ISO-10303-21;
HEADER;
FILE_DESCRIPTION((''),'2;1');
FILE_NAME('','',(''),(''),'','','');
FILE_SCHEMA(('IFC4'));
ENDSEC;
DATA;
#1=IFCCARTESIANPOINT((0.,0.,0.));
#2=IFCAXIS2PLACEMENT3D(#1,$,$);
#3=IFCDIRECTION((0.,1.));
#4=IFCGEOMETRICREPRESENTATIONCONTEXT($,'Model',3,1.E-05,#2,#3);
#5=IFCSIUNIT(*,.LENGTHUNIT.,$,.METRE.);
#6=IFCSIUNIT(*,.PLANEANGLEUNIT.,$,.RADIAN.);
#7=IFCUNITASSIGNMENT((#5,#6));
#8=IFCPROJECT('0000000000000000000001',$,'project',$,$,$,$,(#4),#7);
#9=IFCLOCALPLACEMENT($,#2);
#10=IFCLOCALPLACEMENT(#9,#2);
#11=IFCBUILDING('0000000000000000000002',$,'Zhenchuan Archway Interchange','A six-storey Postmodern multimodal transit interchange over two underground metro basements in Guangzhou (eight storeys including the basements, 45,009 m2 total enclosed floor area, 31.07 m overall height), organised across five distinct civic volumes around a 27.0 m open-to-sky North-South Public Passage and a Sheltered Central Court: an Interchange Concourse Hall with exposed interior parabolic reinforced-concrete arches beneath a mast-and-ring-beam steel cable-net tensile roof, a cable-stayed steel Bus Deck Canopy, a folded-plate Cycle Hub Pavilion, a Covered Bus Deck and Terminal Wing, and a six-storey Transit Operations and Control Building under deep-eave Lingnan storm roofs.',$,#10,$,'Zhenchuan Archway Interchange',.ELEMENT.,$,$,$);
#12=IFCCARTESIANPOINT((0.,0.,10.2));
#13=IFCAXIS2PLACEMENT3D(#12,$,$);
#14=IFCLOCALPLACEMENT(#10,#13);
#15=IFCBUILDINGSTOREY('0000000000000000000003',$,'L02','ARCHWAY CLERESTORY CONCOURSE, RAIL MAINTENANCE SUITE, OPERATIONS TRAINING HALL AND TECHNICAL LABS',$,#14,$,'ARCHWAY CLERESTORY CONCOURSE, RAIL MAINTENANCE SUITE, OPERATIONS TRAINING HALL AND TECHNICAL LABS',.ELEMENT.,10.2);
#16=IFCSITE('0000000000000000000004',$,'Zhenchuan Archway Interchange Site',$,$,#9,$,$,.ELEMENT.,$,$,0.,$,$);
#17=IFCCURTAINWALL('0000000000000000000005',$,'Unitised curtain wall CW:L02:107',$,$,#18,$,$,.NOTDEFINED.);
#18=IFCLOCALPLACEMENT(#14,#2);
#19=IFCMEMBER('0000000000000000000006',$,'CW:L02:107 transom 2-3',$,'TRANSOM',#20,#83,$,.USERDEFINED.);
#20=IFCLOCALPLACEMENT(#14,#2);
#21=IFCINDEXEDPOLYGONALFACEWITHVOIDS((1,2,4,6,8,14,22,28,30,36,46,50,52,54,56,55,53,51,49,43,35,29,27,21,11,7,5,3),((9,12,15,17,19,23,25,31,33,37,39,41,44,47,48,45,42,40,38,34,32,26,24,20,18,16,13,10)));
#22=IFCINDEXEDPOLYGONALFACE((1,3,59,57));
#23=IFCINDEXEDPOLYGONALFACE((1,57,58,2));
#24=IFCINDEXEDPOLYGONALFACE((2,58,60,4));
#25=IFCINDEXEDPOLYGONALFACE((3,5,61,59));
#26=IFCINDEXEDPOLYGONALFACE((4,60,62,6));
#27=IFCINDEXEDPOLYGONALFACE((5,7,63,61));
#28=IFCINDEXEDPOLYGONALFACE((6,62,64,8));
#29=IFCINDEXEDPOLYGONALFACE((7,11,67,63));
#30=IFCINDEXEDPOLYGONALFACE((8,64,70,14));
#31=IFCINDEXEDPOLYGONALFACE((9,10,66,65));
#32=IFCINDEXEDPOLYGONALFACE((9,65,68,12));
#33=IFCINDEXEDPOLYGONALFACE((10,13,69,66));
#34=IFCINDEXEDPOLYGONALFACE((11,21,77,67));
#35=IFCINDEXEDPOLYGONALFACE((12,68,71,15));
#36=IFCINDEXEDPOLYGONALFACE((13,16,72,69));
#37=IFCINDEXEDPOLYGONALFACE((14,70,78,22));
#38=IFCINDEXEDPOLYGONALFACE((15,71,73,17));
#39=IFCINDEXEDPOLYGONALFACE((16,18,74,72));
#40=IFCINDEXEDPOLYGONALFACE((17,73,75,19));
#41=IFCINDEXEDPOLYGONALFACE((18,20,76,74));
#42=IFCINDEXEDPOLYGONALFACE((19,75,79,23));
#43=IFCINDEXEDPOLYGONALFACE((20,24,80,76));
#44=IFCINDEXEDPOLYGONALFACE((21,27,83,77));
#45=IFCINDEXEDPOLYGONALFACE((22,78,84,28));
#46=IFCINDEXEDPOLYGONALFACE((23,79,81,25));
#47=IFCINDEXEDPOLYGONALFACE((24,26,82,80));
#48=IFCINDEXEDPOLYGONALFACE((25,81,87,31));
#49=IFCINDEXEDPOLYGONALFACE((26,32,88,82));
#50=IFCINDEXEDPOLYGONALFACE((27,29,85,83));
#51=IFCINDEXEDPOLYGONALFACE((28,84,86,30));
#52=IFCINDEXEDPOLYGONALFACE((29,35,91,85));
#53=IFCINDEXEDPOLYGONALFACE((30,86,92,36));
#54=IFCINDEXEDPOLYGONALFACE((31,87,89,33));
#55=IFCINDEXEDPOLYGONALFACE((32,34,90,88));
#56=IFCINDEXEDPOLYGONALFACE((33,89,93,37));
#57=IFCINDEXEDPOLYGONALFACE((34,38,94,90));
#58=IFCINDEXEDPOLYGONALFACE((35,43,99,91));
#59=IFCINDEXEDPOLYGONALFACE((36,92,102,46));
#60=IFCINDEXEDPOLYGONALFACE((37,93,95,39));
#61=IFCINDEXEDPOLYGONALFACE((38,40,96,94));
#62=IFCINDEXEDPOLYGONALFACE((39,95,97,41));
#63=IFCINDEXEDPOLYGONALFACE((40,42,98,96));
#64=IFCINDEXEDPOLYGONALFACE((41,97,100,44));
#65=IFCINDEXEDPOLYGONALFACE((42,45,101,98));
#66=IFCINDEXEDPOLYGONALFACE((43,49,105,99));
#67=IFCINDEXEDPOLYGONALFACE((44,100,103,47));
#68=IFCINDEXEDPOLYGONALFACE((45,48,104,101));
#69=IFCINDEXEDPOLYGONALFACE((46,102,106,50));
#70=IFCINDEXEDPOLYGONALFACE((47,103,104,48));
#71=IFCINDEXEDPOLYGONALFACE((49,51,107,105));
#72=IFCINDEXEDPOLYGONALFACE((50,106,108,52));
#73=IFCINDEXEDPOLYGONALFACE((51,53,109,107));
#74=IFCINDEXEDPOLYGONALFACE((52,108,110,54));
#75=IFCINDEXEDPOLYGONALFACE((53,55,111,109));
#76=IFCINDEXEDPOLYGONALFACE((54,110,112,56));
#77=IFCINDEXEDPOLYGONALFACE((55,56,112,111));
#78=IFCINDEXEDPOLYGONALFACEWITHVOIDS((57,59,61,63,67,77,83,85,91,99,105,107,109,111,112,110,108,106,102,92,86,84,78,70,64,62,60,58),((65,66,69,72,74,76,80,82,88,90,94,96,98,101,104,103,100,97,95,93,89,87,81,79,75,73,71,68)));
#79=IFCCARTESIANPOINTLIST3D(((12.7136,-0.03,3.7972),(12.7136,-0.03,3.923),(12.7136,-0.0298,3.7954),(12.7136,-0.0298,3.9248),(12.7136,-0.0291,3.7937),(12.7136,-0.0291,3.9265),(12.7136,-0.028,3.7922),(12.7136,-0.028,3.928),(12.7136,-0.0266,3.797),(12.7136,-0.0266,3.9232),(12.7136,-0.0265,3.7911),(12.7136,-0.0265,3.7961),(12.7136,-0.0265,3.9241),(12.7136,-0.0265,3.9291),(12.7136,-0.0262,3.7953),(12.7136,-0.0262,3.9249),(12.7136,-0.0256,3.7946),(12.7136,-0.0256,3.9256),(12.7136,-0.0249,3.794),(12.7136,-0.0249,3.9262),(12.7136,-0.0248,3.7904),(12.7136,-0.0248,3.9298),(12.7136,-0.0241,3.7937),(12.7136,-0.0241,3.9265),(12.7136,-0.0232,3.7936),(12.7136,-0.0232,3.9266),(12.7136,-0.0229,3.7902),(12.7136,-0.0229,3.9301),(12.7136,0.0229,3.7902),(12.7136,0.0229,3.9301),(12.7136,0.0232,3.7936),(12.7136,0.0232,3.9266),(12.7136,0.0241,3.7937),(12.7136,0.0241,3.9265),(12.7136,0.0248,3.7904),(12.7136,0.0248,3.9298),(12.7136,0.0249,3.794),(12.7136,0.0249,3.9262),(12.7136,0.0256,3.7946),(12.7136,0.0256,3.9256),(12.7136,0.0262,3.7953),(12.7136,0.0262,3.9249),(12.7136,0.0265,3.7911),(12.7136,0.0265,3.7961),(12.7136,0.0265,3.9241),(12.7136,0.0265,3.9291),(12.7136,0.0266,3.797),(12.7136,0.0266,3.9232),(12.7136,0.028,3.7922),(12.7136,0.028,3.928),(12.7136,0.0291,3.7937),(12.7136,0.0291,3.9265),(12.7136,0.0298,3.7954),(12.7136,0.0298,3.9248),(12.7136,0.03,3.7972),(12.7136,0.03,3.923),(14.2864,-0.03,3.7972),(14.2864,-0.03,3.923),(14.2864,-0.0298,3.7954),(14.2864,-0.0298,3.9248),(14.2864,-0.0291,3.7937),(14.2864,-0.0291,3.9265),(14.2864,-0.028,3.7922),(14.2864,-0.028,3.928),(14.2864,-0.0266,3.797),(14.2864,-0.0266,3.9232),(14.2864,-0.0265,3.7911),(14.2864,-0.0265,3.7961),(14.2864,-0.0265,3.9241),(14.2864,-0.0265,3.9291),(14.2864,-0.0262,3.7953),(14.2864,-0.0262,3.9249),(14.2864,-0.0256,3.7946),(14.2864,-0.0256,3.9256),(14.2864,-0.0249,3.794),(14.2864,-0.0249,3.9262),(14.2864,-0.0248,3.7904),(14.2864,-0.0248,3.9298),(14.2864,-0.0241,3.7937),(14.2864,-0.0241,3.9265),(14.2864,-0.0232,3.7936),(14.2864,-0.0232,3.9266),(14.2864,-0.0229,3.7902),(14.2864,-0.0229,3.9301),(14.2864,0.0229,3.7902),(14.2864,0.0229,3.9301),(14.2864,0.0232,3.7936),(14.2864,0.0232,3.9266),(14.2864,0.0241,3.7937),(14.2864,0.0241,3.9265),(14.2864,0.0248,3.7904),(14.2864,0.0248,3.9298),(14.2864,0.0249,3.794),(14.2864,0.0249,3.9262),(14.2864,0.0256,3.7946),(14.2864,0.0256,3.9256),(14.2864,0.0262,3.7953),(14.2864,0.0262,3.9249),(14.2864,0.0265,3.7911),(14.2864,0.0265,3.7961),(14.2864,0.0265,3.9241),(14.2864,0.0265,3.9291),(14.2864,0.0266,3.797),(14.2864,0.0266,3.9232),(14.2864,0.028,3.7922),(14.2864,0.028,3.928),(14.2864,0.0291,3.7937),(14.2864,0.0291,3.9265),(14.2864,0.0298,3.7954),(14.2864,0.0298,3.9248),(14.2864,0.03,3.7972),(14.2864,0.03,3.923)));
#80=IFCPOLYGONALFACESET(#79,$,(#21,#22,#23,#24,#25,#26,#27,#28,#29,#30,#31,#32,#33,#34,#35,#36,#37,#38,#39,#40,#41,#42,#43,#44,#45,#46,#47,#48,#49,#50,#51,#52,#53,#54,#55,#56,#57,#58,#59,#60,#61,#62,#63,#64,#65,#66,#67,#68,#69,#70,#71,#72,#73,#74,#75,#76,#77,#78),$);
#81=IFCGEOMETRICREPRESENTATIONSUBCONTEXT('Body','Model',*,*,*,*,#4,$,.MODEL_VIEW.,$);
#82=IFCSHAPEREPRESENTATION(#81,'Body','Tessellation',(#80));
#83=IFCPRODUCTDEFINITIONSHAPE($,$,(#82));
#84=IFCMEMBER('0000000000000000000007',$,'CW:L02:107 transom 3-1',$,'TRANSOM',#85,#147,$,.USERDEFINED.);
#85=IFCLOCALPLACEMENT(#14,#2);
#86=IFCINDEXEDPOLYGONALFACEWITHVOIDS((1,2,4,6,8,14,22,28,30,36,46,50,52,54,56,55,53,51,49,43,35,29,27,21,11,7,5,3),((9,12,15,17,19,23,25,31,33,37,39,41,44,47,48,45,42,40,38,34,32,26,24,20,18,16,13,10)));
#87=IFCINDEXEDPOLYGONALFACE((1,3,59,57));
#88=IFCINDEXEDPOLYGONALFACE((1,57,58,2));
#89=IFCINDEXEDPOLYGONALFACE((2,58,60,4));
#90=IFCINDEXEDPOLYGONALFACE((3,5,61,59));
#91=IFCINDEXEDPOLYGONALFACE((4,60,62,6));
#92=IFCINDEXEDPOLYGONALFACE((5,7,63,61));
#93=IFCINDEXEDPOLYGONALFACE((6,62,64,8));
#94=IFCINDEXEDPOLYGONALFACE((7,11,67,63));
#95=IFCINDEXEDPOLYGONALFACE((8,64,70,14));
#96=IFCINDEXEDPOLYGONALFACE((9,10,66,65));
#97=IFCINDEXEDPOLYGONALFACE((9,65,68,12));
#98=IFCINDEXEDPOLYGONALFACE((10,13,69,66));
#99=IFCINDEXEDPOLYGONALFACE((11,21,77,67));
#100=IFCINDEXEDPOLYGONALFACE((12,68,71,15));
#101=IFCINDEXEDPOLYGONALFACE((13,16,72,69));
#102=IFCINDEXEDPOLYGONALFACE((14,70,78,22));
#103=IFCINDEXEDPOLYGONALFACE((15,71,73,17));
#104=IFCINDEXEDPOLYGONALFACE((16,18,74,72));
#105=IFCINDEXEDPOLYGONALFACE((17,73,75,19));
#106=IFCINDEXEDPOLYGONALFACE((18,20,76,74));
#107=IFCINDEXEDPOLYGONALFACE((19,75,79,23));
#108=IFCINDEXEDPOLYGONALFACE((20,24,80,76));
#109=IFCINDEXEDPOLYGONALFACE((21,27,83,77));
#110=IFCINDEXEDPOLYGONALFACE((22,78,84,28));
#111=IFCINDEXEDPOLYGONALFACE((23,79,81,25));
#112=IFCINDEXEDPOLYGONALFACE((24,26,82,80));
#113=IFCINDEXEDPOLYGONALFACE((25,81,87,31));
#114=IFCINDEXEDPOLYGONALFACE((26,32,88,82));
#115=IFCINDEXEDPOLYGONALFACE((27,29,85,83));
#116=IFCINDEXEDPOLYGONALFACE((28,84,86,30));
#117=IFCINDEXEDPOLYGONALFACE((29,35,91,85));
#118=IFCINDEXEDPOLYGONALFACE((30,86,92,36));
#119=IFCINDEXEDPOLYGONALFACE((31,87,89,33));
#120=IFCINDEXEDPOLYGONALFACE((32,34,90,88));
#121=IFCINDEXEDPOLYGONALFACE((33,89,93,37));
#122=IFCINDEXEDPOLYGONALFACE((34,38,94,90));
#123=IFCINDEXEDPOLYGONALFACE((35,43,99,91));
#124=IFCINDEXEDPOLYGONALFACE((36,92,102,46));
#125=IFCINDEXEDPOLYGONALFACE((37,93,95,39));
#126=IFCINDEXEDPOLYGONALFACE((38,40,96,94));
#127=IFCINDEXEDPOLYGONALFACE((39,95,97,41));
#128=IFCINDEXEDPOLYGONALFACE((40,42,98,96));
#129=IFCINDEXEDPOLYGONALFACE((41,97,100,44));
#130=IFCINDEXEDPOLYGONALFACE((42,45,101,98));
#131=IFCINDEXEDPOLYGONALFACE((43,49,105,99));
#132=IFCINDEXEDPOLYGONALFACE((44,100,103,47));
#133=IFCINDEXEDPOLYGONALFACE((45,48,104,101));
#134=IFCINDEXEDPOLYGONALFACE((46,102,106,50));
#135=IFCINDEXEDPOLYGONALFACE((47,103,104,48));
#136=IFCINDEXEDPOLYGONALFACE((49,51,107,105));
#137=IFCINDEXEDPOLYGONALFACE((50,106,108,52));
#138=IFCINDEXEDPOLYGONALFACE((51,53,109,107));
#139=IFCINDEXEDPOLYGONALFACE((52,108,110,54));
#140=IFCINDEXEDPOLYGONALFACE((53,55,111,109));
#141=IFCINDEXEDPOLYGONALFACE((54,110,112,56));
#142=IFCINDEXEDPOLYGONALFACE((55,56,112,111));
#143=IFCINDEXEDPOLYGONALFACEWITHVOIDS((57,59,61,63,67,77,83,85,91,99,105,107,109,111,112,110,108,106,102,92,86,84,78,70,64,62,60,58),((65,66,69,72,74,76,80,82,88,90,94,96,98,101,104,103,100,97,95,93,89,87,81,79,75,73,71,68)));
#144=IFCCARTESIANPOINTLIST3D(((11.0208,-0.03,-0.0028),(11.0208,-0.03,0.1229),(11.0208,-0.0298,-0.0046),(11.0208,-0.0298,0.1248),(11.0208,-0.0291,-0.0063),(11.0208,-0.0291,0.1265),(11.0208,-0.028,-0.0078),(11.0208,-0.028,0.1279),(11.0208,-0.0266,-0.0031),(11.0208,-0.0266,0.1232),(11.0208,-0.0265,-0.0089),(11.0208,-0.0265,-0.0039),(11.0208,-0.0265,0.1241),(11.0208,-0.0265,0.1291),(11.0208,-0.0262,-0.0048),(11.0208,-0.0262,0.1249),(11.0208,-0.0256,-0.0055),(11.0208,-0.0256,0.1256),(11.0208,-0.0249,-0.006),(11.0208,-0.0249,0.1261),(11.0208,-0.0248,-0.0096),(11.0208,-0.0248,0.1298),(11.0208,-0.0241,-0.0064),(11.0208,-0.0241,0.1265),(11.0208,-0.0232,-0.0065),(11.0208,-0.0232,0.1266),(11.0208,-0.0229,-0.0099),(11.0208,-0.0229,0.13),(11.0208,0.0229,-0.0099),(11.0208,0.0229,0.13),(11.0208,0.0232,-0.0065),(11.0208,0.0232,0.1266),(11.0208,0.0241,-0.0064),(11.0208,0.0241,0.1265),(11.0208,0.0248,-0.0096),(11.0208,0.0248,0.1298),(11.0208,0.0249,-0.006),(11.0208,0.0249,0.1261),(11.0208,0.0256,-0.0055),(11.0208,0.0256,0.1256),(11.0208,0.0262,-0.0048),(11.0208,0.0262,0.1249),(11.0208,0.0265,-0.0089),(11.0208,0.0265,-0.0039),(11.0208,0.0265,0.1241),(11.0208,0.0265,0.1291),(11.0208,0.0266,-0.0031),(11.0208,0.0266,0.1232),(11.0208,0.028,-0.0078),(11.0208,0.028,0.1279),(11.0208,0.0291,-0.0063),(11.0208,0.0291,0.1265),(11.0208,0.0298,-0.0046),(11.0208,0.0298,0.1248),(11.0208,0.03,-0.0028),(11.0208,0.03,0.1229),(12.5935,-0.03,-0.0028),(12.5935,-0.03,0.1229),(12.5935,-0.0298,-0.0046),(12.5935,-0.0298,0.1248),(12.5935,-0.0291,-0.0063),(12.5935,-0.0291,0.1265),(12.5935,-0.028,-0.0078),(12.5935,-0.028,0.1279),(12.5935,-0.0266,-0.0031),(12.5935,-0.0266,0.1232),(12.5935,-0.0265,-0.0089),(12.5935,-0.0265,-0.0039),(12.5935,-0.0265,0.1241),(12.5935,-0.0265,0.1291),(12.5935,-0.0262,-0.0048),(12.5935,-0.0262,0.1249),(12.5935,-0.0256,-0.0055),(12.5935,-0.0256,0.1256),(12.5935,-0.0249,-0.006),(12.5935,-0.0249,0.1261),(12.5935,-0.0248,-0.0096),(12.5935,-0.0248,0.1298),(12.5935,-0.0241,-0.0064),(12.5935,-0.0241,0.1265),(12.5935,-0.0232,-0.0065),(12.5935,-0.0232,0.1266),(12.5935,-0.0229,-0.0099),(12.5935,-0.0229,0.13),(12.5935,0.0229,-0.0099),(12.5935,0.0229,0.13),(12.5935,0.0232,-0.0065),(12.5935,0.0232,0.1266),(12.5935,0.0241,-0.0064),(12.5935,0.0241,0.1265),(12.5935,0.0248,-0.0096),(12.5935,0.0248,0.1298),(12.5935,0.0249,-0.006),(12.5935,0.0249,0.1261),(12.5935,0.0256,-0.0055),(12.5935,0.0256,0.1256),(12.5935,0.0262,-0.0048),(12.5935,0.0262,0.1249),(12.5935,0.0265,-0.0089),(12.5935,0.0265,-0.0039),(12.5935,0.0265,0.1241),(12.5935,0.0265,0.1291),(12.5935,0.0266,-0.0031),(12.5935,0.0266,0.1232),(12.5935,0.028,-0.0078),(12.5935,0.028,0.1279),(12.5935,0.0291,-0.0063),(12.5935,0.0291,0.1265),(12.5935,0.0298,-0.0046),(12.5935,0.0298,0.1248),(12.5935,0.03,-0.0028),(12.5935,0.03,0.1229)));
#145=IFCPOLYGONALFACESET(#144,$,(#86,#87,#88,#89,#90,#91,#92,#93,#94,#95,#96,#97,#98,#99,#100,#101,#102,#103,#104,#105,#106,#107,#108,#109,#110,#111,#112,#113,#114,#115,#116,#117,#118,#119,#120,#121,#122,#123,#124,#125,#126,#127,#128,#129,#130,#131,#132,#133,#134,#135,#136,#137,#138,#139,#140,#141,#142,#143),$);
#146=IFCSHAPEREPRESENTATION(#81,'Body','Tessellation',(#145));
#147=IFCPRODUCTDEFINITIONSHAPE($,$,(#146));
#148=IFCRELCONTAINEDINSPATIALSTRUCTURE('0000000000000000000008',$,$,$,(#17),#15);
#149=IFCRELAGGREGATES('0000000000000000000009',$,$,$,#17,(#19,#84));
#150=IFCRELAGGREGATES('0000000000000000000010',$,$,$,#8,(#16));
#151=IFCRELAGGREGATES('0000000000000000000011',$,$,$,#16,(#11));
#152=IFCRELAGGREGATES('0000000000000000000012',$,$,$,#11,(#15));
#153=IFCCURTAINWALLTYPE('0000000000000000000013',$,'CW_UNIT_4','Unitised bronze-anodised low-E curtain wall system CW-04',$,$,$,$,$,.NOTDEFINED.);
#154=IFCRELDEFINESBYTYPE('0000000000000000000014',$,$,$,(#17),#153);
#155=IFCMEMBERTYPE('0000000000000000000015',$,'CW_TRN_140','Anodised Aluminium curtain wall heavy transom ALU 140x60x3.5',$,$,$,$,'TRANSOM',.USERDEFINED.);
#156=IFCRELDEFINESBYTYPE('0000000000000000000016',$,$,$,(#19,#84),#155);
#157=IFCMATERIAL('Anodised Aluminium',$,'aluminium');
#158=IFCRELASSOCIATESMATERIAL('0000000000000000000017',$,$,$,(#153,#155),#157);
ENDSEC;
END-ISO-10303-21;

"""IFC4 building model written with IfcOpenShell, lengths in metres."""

from ifc_helpers import new_model, si_unit, direction, frame, origin, origin_2d, place, context, subcontext, project, spatial, hollow_rectangle, extrude, material, material_profile, profile_set, type_object, element, aggregate, save


model = new_model("IFC4")

# Units and contexts
model_context = context("Model", 3, precision=1e-05, world=origin(), true_north=direction((0.0, 1.0)))
body_context = subcontext(model_context, "Body", "Model", "MODEL_VIEW")
ifc_project = project(units=[si_unit("LENGTHUNIT", "METRE"), si_unit("PLANEANGLEUNIT", "RADIAN")], contexts=[model_context])

# Site, building, storey
site_placement = place(None, origin())
site = spatial("IfcSite", under=ifc_project, at=site_placement, Name="Zhenchuan Archway Interchange Site", CompositionType="ELEMENT", RefElevation=0.0)
building_placement = place(site_placement, origin())
building = spatial("IfcBuilding", under=site, at=building_placement, Name="Zhenchuan Archway Interchange", Description="A six-storey Postmodern multimodal transit interchange over two underground metro basements in Guangzhou (eight storeys including the basements, 45,009 m2 total enclosed floor area, 31.07 m overall height), organised across five distinct civic volumes around a 27.0 m open-to-sky North-South Public Passage and a Sheltered Central Court: an Interchange Concourse Hall with exposed interior parabolic reinforced-concrete arches beneath a mast-and-ring-beam steel cable-net tensile roof, a cable-stayed steel Bus Deck Canopy, a folded-plate Cycle Hub Pavilion, a Covered Bus Deck and Terminal Wing, and a six-storey Transit Operations and Control Building under deep-eave Lingnan storm roofs.", LongName="Zhenchuan Archway Interchange", CompositionType="ELEMENT")
storey_placement = place(building_placement, frame((0.0, 0.0, 10.2)))
storey = spatial("IfcBuildingStorey", under=building, at=storey_placement, Name="L02", Description="ARCHWAY CLERESTORY CONCOURSE, RAIL MAINTENANCE SUITE, OPERATIONS TRAINING HALL AND TECHNICAL LABS", LongName="ARCHWAY CLERESTORY CONCOURSE, RAIL MAINTENANCE SUITE, OPERATIONS TRAINING HALL AND TECHNICAL LABS", CompositionType="ELEMENT", Elevation=10.2)

# Curtain wall, members
ifc_material_1 = material(Name="Anodised Aluminium", Category="aluminium")
curtain_wall_type = type_object("IfcCurtainWallType", Name="CW_UNIT_4", Description="Unitised bronze-anodised low-E curtain wall system CW-04", PredefinedType="NOTDEFINED", material=ifc_material_1)
curtain_wall_placement = place(storey_placement, origin())
curtain_wall = element("IfcCurtainWall", 1, at=curtain_wall_placement, inside=storey, type_object=curtain_wall_type, Name="Unitised curtain wall CW:L02:107", PredefinedType="NOTDEFINED")
ifc_material_profile_1 = material_profile(ifc_material_1, hollow_rectangle(XDim=0.0601, YDim=0.1399, WallThickness=0.0034, InnerFilletRadius=0.0034, OuterFilletRadius=0.0071, at=origin_2d()), Name="ALU 140x60x3.5")
ifc_profile_set_1 = profile_set([ifc_material_profile_1], Name="Anodised Aluminium")
member_type_1 = type_object("IfcMemberType", Name="CW_TRN_140", Description="Anodised Aluminium curtain wall heavy transom ALU 140x60x3.5", ElementType="TRANSOM", PredefinedType="USERDEFINED", material=ifc_profile_set_1)
member_1_placement = place(storey_placement, frame((14.2864, 0.0, 3.8601), z_axis=(-1.0, 0.0, 0.0), x_axis=(0.0, -1.0, 0.0)))
member_1 = element("IfcMember", 2, at=member_1_placement, type_object=member_type_1, Name="CW:L02:107 transom 2-3", ObjectType="TRANSOM", PredefinedType="USERDEFINED", context=body_context, shape_type="SweptSolid", body=[
    extrude(hollow_rectangle(XDim=0.0601, YDim=0.1399, WallThickness=0.0034, InnerFilletRadius=0.0034, OuterFilletRadius=0.0071, at=origin_2d()), origin(), (0.0, 0.0, 1.0), 1.5728),
])
member_2_placement = place(storey_placement, frame((12.5935, 0.0, 0.0601), z_axis=(-1.0, 0.0, 0.0), x_axis=(0.0, -1.0, 0.0)))
member_2 = element("IfcMember", 3, at=member_2_placement, type_object=member_type_1, Name="CW:L02:107 transom 3-1", ObjectType="TRANSOM", PredefinedType="USERDEFINED", context=body_context, shape_type="SweptSolid", body=[
    extrude(hollow_rectangle(XDim=0.0601, YDim=0.1399, WallThickness=0.0034, InnerFilletRadius=0.0034, OuterFilletRadius=0.0071, at=origin_2d()), origin(), (0.0, 0.0, 1.0), 1.5728),
])

aggregate(curtain_wall, [member_1, member_2])

save(model, "model.ifc")
